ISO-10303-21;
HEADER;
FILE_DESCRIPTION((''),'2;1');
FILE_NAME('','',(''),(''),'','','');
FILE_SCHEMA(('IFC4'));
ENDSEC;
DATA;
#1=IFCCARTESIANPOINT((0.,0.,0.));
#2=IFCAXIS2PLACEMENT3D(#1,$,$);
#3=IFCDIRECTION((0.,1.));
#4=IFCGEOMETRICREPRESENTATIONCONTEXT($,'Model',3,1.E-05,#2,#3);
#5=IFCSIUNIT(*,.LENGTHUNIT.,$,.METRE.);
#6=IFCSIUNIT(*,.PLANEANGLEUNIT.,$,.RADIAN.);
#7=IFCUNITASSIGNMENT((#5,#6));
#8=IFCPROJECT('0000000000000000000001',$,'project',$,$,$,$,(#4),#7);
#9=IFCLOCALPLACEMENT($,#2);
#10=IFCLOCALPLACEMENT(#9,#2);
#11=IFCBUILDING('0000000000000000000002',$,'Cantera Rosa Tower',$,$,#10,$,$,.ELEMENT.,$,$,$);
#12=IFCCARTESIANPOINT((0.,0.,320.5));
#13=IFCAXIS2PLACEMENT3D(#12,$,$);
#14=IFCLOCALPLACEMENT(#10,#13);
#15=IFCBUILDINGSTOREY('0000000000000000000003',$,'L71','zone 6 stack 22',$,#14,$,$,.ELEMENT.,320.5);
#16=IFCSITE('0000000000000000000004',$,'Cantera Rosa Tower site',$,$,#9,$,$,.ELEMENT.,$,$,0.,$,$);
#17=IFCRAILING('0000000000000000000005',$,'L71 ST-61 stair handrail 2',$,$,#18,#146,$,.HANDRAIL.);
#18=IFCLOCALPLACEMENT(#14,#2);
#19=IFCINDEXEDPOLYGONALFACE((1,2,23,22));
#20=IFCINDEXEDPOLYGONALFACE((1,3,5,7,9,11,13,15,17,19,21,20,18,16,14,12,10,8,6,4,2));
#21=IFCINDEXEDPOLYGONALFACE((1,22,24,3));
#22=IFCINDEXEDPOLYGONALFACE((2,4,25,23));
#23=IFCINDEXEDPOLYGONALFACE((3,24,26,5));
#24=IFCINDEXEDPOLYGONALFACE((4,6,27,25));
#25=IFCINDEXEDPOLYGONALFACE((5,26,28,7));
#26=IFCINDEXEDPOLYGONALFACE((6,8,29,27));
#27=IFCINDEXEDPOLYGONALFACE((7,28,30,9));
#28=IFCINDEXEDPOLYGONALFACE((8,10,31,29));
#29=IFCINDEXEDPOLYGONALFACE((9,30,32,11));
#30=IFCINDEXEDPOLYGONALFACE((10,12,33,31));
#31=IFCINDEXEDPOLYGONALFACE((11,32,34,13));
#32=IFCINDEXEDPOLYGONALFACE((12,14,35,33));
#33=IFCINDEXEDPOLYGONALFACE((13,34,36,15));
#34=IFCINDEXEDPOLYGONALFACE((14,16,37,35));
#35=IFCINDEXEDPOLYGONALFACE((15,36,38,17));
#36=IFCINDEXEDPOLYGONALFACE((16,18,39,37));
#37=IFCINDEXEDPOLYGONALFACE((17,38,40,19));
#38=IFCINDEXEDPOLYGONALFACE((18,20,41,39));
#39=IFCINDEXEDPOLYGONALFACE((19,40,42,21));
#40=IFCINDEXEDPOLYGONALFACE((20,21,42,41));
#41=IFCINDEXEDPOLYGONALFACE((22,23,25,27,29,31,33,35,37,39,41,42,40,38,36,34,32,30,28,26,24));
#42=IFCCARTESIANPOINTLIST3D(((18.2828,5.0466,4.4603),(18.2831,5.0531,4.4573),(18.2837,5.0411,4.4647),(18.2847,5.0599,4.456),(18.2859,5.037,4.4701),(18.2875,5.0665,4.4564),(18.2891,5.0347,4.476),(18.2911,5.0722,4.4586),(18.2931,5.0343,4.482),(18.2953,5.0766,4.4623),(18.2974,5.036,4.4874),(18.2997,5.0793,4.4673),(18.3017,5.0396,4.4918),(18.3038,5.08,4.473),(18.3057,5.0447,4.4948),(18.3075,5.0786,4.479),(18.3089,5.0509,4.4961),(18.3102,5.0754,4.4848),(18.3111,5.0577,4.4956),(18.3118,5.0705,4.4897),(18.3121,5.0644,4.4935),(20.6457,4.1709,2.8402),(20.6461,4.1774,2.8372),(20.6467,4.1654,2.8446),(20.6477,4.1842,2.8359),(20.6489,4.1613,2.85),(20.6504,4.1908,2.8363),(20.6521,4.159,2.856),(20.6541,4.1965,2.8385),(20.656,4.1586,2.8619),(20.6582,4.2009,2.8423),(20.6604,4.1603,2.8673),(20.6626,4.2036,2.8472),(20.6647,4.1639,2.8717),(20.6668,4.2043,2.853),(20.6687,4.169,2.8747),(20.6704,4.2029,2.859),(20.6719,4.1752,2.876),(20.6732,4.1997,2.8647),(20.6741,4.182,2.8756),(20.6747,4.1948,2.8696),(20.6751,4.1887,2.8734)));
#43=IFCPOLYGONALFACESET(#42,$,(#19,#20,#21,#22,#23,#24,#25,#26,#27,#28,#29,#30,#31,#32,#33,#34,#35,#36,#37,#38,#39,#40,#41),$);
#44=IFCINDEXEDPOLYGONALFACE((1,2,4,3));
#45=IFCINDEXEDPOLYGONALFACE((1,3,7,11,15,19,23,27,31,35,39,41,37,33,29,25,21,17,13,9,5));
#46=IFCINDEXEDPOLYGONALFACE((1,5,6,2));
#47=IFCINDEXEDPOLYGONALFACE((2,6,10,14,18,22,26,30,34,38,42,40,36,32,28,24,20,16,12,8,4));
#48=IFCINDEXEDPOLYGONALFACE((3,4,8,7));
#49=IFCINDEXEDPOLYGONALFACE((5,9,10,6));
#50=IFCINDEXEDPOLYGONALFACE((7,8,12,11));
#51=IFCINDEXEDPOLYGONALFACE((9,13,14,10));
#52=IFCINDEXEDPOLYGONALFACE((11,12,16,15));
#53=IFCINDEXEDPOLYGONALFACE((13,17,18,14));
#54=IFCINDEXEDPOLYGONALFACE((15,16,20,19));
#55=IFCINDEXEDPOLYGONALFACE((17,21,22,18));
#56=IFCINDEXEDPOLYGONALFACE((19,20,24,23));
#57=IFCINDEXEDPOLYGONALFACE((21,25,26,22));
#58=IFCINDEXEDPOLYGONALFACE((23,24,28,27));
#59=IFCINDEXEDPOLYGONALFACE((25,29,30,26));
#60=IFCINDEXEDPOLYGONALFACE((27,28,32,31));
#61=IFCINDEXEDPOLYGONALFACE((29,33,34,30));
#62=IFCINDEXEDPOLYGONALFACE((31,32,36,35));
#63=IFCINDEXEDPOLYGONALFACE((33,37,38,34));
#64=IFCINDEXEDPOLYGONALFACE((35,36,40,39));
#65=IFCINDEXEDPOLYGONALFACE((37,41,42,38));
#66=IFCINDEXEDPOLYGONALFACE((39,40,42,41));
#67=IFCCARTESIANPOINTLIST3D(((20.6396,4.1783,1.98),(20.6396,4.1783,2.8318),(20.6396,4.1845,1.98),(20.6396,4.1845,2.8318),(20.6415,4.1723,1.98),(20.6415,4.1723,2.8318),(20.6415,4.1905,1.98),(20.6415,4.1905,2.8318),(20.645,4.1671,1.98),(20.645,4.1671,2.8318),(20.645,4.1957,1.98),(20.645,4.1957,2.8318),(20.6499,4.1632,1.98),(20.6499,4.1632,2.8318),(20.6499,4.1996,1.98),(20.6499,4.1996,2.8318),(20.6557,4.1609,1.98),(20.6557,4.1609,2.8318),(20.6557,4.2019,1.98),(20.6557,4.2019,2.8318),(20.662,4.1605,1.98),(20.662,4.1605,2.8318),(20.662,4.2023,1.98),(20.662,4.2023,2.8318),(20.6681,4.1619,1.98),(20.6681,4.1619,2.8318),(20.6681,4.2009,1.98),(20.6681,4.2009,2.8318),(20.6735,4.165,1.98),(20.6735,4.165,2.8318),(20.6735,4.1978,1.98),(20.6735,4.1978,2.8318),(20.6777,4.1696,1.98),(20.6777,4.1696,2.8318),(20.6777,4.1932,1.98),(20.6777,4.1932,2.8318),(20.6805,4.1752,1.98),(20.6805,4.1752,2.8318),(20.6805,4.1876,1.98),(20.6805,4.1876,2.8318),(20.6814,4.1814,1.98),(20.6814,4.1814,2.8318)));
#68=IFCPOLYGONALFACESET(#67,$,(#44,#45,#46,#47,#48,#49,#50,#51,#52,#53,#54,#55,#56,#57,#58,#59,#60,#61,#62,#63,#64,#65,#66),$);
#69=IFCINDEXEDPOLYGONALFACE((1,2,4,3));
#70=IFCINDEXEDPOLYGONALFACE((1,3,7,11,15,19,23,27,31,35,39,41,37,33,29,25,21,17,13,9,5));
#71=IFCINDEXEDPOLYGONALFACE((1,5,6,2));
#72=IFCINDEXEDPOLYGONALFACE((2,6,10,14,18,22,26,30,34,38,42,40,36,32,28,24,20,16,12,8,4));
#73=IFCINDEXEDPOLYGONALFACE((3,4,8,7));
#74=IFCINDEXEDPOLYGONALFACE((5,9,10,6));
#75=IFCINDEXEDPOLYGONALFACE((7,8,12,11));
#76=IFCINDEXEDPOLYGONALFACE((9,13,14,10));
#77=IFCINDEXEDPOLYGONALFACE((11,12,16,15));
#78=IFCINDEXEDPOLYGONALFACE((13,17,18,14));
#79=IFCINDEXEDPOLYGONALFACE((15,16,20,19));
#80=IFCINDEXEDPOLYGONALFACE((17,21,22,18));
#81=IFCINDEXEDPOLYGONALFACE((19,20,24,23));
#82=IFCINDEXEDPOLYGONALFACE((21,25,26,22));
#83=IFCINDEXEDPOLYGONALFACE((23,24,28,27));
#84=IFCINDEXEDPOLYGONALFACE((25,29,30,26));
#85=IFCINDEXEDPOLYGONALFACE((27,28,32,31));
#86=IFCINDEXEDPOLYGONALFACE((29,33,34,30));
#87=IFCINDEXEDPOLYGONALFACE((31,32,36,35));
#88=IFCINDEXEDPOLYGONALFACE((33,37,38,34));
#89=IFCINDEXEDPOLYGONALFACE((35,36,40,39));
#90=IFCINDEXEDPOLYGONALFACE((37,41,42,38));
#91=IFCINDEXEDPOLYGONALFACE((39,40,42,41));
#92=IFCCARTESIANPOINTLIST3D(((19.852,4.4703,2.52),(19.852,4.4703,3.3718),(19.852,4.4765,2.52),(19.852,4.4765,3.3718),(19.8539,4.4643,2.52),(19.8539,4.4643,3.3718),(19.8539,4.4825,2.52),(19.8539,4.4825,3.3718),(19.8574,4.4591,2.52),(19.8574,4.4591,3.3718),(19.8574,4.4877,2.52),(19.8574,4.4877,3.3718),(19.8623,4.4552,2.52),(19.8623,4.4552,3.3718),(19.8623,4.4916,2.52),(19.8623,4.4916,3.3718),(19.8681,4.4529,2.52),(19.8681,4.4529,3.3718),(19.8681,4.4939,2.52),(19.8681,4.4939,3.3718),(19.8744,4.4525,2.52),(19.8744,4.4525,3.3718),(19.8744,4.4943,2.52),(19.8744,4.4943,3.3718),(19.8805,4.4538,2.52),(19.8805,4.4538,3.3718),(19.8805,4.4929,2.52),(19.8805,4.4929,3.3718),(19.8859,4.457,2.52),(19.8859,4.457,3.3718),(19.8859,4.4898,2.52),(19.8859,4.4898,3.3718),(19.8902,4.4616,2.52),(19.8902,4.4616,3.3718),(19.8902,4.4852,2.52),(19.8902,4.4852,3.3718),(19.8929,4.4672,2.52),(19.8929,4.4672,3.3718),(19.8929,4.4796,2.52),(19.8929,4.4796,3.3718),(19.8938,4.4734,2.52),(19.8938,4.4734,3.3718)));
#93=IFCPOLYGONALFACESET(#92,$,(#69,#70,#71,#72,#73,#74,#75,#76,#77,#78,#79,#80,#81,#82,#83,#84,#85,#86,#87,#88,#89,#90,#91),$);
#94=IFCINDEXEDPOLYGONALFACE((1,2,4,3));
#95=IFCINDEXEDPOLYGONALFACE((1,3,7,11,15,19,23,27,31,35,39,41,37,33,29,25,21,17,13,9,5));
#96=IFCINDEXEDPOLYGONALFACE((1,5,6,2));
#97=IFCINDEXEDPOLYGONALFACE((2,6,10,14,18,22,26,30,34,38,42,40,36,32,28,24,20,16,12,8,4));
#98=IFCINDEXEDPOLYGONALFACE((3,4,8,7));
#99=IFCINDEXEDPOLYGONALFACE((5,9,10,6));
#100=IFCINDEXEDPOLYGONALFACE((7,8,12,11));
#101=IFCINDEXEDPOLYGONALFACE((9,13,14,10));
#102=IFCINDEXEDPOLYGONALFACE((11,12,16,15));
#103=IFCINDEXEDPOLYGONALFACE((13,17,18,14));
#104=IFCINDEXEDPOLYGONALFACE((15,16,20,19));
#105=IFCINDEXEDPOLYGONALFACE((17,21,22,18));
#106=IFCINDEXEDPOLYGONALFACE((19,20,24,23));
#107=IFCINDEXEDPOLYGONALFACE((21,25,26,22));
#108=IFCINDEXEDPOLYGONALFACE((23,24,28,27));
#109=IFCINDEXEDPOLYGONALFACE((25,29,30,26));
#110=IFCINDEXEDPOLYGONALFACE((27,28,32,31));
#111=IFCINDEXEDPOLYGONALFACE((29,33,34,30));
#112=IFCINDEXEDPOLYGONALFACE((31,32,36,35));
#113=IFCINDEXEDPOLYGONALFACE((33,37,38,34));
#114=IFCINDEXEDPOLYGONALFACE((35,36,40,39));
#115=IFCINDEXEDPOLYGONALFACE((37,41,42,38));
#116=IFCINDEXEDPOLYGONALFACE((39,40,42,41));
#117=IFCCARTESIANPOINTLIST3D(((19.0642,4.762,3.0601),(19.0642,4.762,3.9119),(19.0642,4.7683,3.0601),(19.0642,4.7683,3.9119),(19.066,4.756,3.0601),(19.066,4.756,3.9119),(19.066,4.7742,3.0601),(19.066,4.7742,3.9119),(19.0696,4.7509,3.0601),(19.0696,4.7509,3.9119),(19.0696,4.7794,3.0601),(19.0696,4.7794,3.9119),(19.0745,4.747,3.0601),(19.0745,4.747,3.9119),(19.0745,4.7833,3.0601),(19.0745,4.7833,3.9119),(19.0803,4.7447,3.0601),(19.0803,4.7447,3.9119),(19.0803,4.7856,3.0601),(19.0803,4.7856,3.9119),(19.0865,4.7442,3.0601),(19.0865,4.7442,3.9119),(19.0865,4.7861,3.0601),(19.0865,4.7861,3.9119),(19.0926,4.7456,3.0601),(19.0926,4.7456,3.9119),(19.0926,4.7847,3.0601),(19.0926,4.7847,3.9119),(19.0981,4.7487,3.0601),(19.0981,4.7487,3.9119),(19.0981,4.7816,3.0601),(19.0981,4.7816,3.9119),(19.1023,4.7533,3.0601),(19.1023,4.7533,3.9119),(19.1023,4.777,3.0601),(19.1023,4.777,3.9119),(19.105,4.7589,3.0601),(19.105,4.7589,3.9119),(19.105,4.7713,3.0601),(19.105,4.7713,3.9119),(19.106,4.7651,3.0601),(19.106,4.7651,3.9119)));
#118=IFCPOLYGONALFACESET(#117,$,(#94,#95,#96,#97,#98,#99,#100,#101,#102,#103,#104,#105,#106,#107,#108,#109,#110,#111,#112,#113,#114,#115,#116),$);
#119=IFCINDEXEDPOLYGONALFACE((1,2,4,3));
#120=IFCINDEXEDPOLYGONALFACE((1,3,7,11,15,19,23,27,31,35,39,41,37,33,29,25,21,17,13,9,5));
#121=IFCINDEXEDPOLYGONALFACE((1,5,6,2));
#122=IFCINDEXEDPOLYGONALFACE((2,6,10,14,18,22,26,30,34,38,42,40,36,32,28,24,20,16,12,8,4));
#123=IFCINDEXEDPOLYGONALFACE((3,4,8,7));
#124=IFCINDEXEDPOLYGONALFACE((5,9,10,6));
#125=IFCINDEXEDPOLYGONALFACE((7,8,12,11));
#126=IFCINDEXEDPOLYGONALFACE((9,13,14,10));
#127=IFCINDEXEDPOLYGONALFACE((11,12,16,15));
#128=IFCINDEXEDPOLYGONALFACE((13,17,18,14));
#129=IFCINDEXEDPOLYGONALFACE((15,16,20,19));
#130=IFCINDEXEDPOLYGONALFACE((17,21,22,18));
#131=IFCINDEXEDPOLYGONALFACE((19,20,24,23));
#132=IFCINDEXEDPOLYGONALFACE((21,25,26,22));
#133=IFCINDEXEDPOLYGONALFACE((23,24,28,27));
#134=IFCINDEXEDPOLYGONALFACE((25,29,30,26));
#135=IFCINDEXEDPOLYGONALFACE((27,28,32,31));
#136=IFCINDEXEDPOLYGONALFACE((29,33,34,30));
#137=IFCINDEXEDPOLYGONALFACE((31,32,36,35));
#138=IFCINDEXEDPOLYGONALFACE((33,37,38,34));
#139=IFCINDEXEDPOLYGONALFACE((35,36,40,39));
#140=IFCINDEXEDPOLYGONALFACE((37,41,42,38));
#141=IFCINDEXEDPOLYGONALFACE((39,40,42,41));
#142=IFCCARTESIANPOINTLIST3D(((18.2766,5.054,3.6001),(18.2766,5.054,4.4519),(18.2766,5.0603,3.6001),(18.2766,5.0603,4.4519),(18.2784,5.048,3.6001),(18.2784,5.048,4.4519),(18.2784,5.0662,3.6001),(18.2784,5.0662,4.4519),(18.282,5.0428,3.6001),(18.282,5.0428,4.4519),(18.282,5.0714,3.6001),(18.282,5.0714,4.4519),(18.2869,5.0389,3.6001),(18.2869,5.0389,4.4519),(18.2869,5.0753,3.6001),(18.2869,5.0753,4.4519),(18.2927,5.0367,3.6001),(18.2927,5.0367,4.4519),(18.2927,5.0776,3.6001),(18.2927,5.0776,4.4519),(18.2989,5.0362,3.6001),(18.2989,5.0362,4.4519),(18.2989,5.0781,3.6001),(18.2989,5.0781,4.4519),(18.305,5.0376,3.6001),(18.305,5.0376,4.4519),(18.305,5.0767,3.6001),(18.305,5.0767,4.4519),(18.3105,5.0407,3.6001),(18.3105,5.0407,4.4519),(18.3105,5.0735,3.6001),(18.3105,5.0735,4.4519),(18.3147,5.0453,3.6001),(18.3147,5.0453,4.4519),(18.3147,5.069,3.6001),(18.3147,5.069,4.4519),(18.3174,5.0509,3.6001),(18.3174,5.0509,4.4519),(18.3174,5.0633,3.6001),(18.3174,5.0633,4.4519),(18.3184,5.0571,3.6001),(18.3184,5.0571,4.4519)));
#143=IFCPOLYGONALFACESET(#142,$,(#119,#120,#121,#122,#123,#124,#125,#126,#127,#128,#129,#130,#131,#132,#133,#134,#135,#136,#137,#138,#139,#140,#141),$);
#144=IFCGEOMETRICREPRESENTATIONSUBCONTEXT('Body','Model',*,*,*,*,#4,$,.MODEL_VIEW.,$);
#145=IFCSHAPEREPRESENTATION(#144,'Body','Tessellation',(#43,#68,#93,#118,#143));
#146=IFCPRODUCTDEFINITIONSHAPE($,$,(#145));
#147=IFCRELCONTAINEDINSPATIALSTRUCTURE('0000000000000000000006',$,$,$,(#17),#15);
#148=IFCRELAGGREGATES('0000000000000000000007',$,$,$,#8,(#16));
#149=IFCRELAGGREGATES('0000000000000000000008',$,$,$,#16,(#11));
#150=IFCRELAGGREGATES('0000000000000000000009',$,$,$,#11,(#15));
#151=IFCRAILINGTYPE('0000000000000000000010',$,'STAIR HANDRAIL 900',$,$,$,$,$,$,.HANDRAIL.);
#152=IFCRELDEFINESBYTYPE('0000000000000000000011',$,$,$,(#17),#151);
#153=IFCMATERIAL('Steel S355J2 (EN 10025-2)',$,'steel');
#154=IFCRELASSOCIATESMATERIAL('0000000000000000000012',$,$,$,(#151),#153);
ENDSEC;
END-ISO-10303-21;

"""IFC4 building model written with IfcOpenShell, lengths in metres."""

from ifc_helpers import new_model, si_unit, direction, frame, origin, origin_2d, place, context, subcontext, project, spatial, circle, extrude, material, type_object, element, save


model = new_model("IFC4")

# Units and contexts
model_context = context("Model", 3, precision=1e-05, world=origin(), true_north=direction((0.0, 1.0)))
body_context = subcontext(model_context, "Body", "Model", "MODEL_VIEW")
ifc_project = project(units=[si_unit("LENGTHUNIT", "METRE"), si_unit("PLANEANGLEUNIT", "RADIAN")], contexts=[model_context])

# Site, building, storey
site_placement = place(None, origin())
site = spatial("IfcSite", under=ifc_project, at=site_placement, Name="Cantera Rosa Tower site", CompositionType="ELEMENT", RefElevation=0.0)
building_placement = place(site_placement, origin())
building = spatial("IfcBuilding", under=site, at=building_placement, Name="Cantera Rosa Tower", CompositionType="ELEMENT")
storey_placement = place(building_placement, frame((0.0, 0.0, 320.5)))
storey = spatial("IfcBuildingStorey", under=building, at=storey_placement, Name="L71", Description="zone 6 stack 22", CompositionType="ELEMENT", Elevation=320.5)

# Railing
ifc_material_1 = material(Name="Steel S355J2 (EN 10025-2)", Category="steel")
railing_type_1 = type_object("IfcRailingType", Name="STAIR HANDRAIL 900", PredefinedType="HANDRAIL", material=ifc_material_1)
railing_1_placement = place(storey_placement, frame((20.6604, 4.1814, 1.98)))
element("IfcRailing", 1, at=railing_1_placement, inside=storey, type_object=railing_type_1, Name="L71 ST-61 stair handrail 2", PredefinedType="HANDRAIL", context=body_context, shape_type="SweptSolid", body=[
    extrude(circle(Radius=0.0239, at=origin_2d()), frame((0.0, 0.0, 0.876), z_axis=(-0.788748, 0.292307, 0.540772), x_axis=(-0.347501, -0.93768, 0.0)), (0.0, 0.0, 1.0), 2.9958),
    extrude(circle(Radius=0.021, at=origin_2d()), origin(), (0.0, 0.0, 1.0), 0.8518),
    extrude(circle(Radius=0.021, at=origin_2d()), frame((-0.7876, 0.292, 0.54)), (0.0, 0.0, 1.0), 0.8518),
    extrude(circle(Radius=0.021, at=origin_2d()), frame((-1.5754, 0.5837, 1.0801)), (0.0, 0.0, 1.0), 0.8518),
    extrude(circle(Radius=0.021, at=origin_2d()), frame((-2.363, 0.8757, 1.6201)), (0.0, 0.0, 1.0), 0.8518),
])

save(model, "model.ifc")
